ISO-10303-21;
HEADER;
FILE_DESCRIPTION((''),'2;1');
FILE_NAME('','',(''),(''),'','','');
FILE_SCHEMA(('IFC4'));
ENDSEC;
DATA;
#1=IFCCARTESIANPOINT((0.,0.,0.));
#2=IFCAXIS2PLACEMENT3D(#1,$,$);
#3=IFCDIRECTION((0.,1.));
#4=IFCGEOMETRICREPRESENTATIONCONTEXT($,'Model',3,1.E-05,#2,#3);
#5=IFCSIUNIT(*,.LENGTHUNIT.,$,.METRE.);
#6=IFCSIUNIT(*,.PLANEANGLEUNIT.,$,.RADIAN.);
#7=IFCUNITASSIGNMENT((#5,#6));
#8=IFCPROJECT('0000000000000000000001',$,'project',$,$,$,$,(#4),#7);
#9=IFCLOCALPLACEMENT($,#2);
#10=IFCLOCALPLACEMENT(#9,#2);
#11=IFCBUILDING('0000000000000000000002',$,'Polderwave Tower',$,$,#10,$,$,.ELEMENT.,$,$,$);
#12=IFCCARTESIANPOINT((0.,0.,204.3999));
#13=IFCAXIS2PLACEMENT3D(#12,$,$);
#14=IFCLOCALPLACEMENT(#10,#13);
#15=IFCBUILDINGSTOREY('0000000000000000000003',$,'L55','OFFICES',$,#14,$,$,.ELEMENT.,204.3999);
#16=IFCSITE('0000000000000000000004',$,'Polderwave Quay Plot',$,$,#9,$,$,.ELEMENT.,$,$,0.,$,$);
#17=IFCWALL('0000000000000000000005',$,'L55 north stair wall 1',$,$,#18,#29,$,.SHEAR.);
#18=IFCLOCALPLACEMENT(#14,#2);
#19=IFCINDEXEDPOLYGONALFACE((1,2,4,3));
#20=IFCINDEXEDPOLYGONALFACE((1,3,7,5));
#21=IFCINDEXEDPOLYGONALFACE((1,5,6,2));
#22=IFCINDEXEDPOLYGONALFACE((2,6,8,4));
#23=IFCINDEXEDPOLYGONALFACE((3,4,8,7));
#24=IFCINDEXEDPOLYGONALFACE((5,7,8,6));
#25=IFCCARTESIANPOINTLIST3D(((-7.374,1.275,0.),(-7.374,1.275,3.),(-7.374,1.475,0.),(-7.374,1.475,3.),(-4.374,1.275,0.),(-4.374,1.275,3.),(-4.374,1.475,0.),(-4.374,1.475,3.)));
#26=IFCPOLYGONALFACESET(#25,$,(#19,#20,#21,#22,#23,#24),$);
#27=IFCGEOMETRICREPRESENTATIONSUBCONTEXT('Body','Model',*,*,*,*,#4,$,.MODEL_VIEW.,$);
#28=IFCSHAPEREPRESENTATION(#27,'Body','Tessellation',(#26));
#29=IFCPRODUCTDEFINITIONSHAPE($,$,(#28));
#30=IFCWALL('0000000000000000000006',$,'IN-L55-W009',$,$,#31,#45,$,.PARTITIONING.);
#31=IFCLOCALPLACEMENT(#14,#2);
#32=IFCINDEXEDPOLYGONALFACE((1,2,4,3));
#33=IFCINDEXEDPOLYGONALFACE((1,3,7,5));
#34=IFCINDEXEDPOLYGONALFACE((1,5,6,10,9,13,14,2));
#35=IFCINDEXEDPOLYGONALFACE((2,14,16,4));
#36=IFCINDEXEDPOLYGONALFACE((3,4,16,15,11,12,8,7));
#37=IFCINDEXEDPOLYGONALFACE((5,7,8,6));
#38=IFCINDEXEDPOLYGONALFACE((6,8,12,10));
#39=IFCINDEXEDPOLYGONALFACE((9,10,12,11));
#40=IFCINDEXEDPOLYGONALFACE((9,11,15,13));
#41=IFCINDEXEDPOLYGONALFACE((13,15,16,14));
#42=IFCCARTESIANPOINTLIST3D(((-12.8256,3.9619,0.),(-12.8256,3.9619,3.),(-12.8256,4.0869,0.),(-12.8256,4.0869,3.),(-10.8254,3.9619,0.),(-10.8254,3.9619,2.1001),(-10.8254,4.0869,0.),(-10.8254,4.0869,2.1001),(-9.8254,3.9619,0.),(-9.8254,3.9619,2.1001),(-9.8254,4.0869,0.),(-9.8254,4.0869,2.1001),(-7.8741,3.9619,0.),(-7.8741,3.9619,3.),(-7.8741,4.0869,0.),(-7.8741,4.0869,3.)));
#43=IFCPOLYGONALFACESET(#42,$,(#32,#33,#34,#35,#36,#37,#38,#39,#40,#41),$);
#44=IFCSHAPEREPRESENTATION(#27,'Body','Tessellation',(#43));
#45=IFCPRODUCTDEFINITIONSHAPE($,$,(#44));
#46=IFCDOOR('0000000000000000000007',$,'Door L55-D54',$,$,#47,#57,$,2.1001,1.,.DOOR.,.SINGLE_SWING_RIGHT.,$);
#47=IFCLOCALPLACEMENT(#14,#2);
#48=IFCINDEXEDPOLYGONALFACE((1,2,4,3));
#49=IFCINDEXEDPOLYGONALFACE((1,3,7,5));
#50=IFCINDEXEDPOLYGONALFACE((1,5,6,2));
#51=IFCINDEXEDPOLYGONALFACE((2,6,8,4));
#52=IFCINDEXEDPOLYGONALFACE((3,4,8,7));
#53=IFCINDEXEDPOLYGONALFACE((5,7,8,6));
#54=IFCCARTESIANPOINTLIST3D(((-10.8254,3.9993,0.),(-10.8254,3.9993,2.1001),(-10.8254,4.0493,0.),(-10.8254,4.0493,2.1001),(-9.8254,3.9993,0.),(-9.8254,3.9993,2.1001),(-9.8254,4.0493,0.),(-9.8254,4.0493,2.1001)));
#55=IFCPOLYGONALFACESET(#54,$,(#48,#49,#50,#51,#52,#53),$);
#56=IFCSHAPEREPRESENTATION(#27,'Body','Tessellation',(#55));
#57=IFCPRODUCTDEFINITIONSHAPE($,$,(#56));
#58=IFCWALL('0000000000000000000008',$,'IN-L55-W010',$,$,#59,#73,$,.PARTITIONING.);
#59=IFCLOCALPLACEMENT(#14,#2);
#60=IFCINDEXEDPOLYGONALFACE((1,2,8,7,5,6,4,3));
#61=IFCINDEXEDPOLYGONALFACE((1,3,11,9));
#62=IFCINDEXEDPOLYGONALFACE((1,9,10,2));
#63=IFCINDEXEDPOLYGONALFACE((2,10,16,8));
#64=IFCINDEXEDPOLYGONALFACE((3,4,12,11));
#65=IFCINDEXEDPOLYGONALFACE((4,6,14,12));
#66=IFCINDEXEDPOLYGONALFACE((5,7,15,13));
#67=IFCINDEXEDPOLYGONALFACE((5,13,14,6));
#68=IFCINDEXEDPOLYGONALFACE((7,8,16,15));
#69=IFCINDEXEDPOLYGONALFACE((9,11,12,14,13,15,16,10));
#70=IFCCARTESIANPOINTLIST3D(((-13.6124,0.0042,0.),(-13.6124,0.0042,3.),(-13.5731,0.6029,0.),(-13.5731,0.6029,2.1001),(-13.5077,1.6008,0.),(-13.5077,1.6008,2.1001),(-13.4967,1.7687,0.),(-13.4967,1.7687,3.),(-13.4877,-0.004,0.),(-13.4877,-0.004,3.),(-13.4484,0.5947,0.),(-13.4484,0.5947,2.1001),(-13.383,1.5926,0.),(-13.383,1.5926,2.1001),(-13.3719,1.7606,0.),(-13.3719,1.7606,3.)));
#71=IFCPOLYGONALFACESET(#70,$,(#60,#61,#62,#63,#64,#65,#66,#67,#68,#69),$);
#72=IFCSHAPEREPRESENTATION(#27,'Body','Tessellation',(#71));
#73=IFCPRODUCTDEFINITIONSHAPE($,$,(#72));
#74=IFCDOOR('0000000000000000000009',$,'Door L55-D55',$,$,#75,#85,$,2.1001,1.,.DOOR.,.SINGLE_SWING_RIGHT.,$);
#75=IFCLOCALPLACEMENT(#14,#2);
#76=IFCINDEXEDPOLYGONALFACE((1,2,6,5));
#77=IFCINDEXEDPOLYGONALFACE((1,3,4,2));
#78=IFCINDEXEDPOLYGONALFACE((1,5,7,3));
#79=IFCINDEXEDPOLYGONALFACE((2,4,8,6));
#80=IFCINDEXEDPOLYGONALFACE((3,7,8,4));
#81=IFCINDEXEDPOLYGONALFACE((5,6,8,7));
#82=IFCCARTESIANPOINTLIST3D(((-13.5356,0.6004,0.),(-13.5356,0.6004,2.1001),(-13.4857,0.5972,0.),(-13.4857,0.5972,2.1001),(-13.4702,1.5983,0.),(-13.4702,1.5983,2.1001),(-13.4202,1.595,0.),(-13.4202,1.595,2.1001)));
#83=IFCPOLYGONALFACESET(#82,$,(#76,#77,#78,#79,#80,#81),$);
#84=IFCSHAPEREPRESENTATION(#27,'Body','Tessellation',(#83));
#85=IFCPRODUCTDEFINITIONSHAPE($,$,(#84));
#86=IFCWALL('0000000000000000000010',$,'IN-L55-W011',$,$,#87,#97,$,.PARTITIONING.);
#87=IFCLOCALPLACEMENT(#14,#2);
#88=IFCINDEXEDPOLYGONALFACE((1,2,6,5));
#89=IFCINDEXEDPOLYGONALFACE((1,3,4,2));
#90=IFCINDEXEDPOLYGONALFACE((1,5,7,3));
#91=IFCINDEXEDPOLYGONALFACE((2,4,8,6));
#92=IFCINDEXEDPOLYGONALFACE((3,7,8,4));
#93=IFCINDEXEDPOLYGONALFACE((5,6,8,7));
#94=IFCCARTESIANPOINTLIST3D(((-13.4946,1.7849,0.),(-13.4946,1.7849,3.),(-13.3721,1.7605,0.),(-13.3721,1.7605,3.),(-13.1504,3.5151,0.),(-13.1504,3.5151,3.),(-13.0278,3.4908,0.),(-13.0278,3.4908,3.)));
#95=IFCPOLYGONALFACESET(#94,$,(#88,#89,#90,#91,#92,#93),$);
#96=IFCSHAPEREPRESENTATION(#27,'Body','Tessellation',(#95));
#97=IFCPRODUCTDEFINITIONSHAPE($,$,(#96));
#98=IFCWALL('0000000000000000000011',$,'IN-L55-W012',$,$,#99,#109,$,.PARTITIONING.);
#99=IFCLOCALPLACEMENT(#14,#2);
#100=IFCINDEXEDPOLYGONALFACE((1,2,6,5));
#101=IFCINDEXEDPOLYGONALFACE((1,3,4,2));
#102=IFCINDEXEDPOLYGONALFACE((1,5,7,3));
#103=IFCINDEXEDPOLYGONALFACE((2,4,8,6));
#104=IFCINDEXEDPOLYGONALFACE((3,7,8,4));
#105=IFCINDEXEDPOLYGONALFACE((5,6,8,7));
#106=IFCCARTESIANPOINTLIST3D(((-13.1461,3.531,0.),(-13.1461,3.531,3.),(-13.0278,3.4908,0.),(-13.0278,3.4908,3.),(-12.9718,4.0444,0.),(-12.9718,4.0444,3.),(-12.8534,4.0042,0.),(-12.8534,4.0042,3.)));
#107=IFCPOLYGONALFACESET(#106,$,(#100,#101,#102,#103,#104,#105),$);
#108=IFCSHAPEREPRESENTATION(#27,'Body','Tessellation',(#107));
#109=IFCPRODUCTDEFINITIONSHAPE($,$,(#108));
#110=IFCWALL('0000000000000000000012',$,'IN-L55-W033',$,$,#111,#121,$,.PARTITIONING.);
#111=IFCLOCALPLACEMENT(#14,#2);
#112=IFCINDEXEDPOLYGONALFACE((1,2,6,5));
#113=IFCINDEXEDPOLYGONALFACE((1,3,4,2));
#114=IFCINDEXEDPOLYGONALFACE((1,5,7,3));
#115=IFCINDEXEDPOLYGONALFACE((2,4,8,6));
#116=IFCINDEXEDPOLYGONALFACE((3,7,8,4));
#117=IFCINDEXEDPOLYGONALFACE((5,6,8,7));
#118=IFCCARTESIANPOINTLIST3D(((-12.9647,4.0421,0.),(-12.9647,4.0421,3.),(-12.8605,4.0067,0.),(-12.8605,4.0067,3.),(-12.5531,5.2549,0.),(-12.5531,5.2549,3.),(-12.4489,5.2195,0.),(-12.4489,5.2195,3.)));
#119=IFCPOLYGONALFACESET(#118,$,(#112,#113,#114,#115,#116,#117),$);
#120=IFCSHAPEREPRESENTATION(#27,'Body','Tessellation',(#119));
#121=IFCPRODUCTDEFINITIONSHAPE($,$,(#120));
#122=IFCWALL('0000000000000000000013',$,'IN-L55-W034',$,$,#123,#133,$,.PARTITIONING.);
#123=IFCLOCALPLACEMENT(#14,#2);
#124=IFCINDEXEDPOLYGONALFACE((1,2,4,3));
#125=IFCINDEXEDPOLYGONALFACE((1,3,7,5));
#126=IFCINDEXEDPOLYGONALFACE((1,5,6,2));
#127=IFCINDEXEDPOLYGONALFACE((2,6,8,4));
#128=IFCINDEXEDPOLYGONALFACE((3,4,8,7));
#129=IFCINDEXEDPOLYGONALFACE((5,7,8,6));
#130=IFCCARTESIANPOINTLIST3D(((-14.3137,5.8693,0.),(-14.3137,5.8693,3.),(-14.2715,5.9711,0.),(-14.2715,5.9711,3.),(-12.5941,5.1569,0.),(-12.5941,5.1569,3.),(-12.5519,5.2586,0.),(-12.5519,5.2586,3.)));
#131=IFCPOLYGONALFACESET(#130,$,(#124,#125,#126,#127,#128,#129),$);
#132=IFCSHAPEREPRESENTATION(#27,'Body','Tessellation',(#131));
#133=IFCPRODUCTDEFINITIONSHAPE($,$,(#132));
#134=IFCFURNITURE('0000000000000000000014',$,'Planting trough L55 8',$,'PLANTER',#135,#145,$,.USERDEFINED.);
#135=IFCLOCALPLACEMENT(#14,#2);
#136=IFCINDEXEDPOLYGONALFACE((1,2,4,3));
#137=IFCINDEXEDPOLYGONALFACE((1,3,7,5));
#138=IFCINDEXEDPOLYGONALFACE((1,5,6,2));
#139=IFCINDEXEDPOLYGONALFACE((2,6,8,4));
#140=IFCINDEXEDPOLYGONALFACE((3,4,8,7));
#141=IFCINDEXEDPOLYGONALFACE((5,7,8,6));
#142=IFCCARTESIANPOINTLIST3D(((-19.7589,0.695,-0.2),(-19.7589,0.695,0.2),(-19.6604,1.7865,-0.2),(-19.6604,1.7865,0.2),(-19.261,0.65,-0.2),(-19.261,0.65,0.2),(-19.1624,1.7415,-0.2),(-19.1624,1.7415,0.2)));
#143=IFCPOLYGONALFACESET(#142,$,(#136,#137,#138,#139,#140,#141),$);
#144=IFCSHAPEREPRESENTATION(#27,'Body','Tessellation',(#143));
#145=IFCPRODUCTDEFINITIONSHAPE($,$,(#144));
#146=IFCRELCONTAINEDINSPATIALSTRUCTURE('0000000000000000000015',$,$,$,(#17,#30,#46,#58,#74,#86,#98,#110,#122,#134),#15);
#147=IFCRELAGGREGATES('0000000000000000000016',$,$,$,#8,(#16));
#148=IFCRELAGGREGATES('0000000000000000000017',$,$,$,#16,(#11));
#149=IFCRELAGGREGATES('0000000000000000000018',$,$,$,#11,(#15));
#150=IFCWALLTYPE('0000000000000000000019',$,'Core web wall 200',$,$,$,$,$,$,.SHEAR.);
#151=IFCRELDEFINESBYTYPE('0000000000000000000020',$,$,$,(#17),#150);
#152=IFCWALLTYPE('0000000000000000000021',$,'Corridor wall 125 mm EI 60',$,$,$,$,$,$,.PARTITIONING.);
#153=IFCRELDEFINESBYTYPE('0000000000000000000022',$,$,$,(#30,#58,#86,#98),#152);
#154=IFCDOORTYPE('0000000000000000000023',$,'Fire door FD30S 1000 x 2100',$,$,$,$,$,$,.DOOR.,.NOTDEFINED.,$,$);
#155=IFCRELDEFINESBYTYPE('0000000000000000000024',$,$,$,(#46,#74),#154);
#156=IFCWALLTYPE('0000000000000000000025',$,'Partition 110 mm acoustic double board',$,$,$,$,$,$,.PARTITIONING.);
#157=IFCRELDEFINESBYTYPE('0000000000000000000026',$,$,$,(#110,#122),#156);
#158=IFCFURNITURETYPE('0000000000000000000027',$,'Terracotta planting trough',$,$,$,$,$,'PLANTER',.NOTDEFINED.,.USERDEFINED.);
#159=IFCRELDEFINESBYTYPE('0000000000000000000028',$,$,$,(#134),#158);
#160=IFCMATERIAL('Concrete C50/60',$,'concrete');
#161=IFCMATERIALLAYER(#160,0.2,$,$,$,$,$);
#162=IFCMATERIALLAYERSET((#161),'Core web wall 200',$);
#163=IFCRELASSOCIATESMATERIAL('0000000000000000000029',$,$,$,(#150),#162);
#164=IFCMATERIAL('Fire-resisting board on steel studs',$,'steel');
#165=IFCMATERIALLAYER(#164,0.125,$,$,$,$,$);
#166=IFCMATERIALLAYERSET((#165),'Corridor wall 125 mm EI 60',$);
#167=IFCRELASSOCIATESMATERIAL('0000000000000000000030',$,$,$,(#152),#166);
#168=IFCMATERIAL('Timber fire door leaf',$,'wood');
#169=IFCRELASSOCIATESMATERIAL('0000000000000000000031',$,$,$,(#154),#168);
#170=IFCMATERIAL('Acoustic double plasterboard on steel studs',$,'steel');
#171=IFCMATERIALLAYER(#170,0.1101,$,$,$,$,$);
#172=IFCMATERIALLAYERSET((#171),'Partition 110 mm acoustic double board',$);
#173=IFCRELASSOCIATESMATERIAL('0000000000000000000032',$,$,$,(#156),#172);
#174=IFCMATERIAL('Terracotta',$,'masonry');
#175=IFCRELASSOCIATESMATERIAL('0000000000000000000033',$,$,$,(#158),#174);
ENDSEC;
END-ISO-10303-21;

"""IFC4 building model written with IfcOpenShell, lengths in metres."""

from ifc_helpers import new_model, si_unit, direction, frame, frame_2d, origin, origin_2d, place, context, subcontext, project, spatial, rectangle, extrude, material, layer, layer_set, type_object, element, fill, save


model = new_model("IFC4")

# Units and contexts
model_context = context("Model", 3, precision=1e-05, world=origin(), true_north=direction((0.0, 1.0)))
body_context = subcontext(model_context, "Body", "Model", "MODEL_VIEW")
ifc_project = project(units=[si_unit("LENGTHUNIT", "METRE"), si_unit("PLANEANGLEUNIT", "RADIAN")], contexts=[model_context])

# Site, building, storey
site_placement = place(None, origin())
site = spatial("IfcSite", under=ifc_project, at=site_placement, Name="Polderwave Quay Plot", CompositionType="ELEMENT", RefElevation=0.0)
building_placement = place(site_placement, origin())
building = spatial("IfcBuilding", under=site, at=building_placement, Name="Polderwave Tower", CompositionType="ELEMENT")
storey_placement = place(building_placement, frame((0.0, 0.0, 204.3999)))
storey = spatial("IfcBuildingStorey", under=building, at=storey_placement, Name="L55", Description="OFFICES", CompositionType="ELEMENT", Elevation=204.3999)

# Wall
ifc_material_1 = material(Name="Concrete C50/60", Category="concrete")
ifc_layer_1 = layer(ifc_material_1, 0.2)
ifc_layer_set_1 = layer_set([ifc_layer_1], Name="Core web wall 200")
wall_type_1 = type_object("IfcWallType", Name="Core web wall 200", PredefinedType="SHEAR", material=ifc_layer_set_1)
wall_1_placement = place(storey_placement, frame((-7.374, 1.375, 0.0), z_axis=(0.0, 0.0, 1.0), x_axis=(1.0, 0.0, 0.0)))
element("IfcWall", 1, at=wall_1_placement, inside=storey, type_object=wall_type_1, Name="L55 north stair wall 1", PredefinedType="SHEAR", context=body_context, shape_type="SweptSolid", body=[
    extrude(rectangle(XDim=3.0, YDim=0.2, at=frame_2d((1.5, 0.0))), origin(), (0.0, 0.0, 1.0), 3.0),
])

# Walls, openings, doors
ifc_material_2 = material(Name="Fire-resisting board on steel studs", Category="steel")
ifc_layer_2 = layer(ifc_material_2, 0.125)
ifc_layer_set_2 = layer_set([ifc_layer_2], Name="Corridor wall 125 mm EI 60")
wall_type_2 = type_object("IfcWallType", Name="Corridor wall 125 mm EI 60", PredefinedType="PARTITIONING", material=ifc_layer_set_2)
wall_2_placement = place(storey_placement, frame((-12.8254, 4.0244, 0.0), z_axis=(0.0, 0.0, 1.0), x_axis=(1.0, 0.0, 0.0)))
wall_2 = element("IfcWall", 2, at=wall_2_placement, inside=storey, type_object=wall_type_2, Name="IN-L55-W009", PredefinedType="PARTITIONING", context=body_context, shape_type="SweptSolid", body=[
    extrude(rectangle(XDim=4.9514, YDim=0.125, at=frame_2d((2.4756, 0.0))), origin(), (0.0, 0.0, 1.0), 3.0),
])
opening_1_placement = place(wall_2_placement, frame((2.0, 0.0, 0.0)))
opening_1 = element("IfcOpeningElement", 3, at=opening_1_placement, cuts=wall_2, PredefinedType="OPENING", context=body_context, shape_type="SweptSolid", body=[
    extrude(rectangle(XDim=1.0, YDim=2.1001, at=frame_2d((0.5, 1.05))), frame((0.0, 0.0725, 0.0), z_axis=(0.0, -1.0, 0.0), x_axis=(1.0, 0.0, 0.0)), (0.0, 0.0, 1.0), 0.145),
])
ifc_material_3 = material(Name="Timber fire door leaf", Category="wood")
door_type = type_object("IfcDoorType", Name="Fire door FD30S 1000 x 2100", OperationType="NOTDEFINED", PredefinedType="DOOR", material=ifc_material_3)
door_1_placement = place(opening_1_placement, origin())
door_1 = element("IfcDoor", 4, at=door_1_placement, inside=storey, type_object=door_type, Name="Door L55-D54", OperationType="SINGLE_SWING_RIGHT", OverallHeight=2.1001, OverallWidth=1.0, PredefinedType="DOOR", context=body_context, shape_type="SweptSolid", body=[
    extrude(rectangle(XDim=1.0, YDim=2.1001, at=frame_2d((0.5, 1.05))), frame((0.0, 0.0249, 0.0), z_axis=(0.0, -1.0, 0.0), x_axis=(1.0, 0.0, 0.0)), (0.0, 0.0, 1.0), 0.05),
])
fill(opening_1, door_1)
wall_3_placement = place(storey_placement, frame((-13.55, 0.0, 0.0), z_axis=(0.0, 0.0, 1.0), x_axis=(0.065447, 0.997856, 0.0)))
wall_3 = element("IfcWall", 5, at=wall_3_placement, inside=storey, type_object=wall_type_2, Name="IN-L55-W010", PredefinedType="PARTITIONING", context=body_context, shape_type="SweptSolid", body=[
    extrude(rectangle(XDim=1.7683, YDim=0.125, at=frame_2d((0.8843, 0.0))), origin(), (0.0, 0.0, 1.0), 3.0),
])
opening_2_placement = place(wall_3_placement, frame((0.6001, 0.0, 0.0)))
opening_2 = element("IfcOpeningElement", 6, at=opening_2_placement, cuts=wall_3, PredefinedType="OPENING", context=body_context, shape_type="SweptSolid", body=[
    extrude(rectangle(XDim=1.0, YDim=2.1001, at=frame_2d((0.5, 1.05))), frame((0.0, 0.0725, 0.0), z_axis=(0.0, -1.0, 0.0), x_axis=(1.0, 0.0, 0.0)), (0.0, 0.0, 1.0), 0.145),
])
door_2_placement = place(opening_2_placement, origin())
door_2 = element("IfcDoor", 7, at=door_2_placement, inside=storey, type_object=door_type, Name="Door L55-D55", OperationType="SINGLE_SWING_RIGHT", OverallHeight=2.1001, OverallWidth=1.0, PredefinedType="DOOR", context=body_context, shape_type="SweptSolid", body=[
    extrude(rectangle(XDim=1.0, YDim=2.1001, at=frame_2d((0.5, 1.05))), frame((0.0, 0.0249, 0.0), z_axis=(0.0, -1.0, 0.0), x_axis=(1.0, 0.0, 0.0)), (0.0, 0.0, 1.0), 0.05),
])
fill(opening_2, door_2)

# Walls
wall_4_placement = place(storey_placement, frame((-13.4333, 1.7727, 0.0), z_axis=(0.0, 0.0, 1.0), x_axis=(0.195131, 0.980777, 0.0)))
element("IfcWall", 8, at=wall_4_placement, inside=storey, type_object=wall_type_2, Name="IN-L55-W011", PredefinedType="PARTITIONING", context=body_context, shape_type="SweptSolid", body=[
    extrude(rectangle(XDim=1.7642, YDim=0.125, at=frame_2d((0.8821, 0.0))), origin(), (0.0, 0.0, 1.0), 3.0),
])
wall_5_placement = place(storey_placement, frame((-13.0869, 3.511, 0.0), z_axis=(0.0, 0.0, 1.0), x_axis=(0.321491, 0.946913, 0.0)))
element("IfcWall", 9, at=wall_5_placement, inside=storey, type_object=wall_type_2, Name="IN-L55-W012", PredefinedType="PARTITIONING", context=body_context, shape_type="SweptSolid", body=[
    extrude(rectangle(XDim=0.5422, YDim=0.125, at=frame_2d((0.271, 0.0))), origin(), (0.0, 0.0, 1.0), 3.0),
])
ifc_material_4 = material(Name="Acoustic double plasterboard on steel studs", Category="steel")
ifc_layer_3 = layer(ifc_material_4, 0.1101)
ifc_layer_set_3 = layer_set([ifc_layer_3], Name="Partition 110 mm acoustic double board")
wall_type_3 = type_object("IfcWallType", Name="Partition 110 mm acoustic double board", PredefinedType="PARTITIONING", material=ifc_layer_set_3)
wall_6_placement = place(storey_placement, frame((-12.9126, 4.0244, 0.0), z_axis=(0.0, 0.0, 1.0), x_axis=(0.32137, 0.946954, 0.0)))
element("IfcWall", 10, at=wall_6_placement, inside=storey, type_object=wall_type_3, Name="IN-L55-W033", PredefinedType="PARTITIONING", context=body_context, shape_type="SweptSolid", body=[
    extrude(rectangle(XDim=1.2808, YDim=0.1101, at=frame_2d((0.6404, 0.0))), origin(), (0.0, 0.0, 1.0), 3.0),
])
wall_7_placement = place(storey_placement, frame((-12.573, 5.2078, 0.0), z_axis=(0.0, 0.0, 1.0), x_axis=(-0.923847, 0.382761, 0.0)))
element("IfcWall", 11, at=wall_7_placement, inside=storey, type_object=wall_type_3, Name="IN-L55-W034", PredefinedType="PARTITIONING", context=body_context, shape_type="SweptSolid", body=[
    extrude(rectangle(XDim=1.8613, YDim=0.1101, at=frame_2d((0.9307, 0.0))), origin(), (0.0, 0.0, 1.0), 3.0),
])

# Furniture
ifc_material_5 = material(Name="Terracotta", Category="masonry")
furniture_type = type_object("IfcFurnitureType", Name="Terracotta planting trough", ElementType="PLANTER", AssemblyPlace="NOTDEFINED", PredefinedType="USERDEFINED", material=ifc_material_5)
furniture_placement = place(storey_placement, frame((-19.4607, 1.2183, -0.2), z_axis=(0.0, 0.0, 1.0), x_axis=(-0.089892, -0.995952, 0.0)))
element("IfcFurniture", 12, at=furniture_placement, inside=storey, type_object=furniture_type, Name="Planting trough L55 8", ObjectType="PLANTER", PredefinedType="USERDEFINED", context=body_context, shape_type="SweptSolid", body=[
    extrude(rectangle(XDim=1.0959, YDim=0.5, at=origin_2d()), origin(), (0.0, 0.0, 1.0), 0.3999),
])

save(model, "model.ifc")
